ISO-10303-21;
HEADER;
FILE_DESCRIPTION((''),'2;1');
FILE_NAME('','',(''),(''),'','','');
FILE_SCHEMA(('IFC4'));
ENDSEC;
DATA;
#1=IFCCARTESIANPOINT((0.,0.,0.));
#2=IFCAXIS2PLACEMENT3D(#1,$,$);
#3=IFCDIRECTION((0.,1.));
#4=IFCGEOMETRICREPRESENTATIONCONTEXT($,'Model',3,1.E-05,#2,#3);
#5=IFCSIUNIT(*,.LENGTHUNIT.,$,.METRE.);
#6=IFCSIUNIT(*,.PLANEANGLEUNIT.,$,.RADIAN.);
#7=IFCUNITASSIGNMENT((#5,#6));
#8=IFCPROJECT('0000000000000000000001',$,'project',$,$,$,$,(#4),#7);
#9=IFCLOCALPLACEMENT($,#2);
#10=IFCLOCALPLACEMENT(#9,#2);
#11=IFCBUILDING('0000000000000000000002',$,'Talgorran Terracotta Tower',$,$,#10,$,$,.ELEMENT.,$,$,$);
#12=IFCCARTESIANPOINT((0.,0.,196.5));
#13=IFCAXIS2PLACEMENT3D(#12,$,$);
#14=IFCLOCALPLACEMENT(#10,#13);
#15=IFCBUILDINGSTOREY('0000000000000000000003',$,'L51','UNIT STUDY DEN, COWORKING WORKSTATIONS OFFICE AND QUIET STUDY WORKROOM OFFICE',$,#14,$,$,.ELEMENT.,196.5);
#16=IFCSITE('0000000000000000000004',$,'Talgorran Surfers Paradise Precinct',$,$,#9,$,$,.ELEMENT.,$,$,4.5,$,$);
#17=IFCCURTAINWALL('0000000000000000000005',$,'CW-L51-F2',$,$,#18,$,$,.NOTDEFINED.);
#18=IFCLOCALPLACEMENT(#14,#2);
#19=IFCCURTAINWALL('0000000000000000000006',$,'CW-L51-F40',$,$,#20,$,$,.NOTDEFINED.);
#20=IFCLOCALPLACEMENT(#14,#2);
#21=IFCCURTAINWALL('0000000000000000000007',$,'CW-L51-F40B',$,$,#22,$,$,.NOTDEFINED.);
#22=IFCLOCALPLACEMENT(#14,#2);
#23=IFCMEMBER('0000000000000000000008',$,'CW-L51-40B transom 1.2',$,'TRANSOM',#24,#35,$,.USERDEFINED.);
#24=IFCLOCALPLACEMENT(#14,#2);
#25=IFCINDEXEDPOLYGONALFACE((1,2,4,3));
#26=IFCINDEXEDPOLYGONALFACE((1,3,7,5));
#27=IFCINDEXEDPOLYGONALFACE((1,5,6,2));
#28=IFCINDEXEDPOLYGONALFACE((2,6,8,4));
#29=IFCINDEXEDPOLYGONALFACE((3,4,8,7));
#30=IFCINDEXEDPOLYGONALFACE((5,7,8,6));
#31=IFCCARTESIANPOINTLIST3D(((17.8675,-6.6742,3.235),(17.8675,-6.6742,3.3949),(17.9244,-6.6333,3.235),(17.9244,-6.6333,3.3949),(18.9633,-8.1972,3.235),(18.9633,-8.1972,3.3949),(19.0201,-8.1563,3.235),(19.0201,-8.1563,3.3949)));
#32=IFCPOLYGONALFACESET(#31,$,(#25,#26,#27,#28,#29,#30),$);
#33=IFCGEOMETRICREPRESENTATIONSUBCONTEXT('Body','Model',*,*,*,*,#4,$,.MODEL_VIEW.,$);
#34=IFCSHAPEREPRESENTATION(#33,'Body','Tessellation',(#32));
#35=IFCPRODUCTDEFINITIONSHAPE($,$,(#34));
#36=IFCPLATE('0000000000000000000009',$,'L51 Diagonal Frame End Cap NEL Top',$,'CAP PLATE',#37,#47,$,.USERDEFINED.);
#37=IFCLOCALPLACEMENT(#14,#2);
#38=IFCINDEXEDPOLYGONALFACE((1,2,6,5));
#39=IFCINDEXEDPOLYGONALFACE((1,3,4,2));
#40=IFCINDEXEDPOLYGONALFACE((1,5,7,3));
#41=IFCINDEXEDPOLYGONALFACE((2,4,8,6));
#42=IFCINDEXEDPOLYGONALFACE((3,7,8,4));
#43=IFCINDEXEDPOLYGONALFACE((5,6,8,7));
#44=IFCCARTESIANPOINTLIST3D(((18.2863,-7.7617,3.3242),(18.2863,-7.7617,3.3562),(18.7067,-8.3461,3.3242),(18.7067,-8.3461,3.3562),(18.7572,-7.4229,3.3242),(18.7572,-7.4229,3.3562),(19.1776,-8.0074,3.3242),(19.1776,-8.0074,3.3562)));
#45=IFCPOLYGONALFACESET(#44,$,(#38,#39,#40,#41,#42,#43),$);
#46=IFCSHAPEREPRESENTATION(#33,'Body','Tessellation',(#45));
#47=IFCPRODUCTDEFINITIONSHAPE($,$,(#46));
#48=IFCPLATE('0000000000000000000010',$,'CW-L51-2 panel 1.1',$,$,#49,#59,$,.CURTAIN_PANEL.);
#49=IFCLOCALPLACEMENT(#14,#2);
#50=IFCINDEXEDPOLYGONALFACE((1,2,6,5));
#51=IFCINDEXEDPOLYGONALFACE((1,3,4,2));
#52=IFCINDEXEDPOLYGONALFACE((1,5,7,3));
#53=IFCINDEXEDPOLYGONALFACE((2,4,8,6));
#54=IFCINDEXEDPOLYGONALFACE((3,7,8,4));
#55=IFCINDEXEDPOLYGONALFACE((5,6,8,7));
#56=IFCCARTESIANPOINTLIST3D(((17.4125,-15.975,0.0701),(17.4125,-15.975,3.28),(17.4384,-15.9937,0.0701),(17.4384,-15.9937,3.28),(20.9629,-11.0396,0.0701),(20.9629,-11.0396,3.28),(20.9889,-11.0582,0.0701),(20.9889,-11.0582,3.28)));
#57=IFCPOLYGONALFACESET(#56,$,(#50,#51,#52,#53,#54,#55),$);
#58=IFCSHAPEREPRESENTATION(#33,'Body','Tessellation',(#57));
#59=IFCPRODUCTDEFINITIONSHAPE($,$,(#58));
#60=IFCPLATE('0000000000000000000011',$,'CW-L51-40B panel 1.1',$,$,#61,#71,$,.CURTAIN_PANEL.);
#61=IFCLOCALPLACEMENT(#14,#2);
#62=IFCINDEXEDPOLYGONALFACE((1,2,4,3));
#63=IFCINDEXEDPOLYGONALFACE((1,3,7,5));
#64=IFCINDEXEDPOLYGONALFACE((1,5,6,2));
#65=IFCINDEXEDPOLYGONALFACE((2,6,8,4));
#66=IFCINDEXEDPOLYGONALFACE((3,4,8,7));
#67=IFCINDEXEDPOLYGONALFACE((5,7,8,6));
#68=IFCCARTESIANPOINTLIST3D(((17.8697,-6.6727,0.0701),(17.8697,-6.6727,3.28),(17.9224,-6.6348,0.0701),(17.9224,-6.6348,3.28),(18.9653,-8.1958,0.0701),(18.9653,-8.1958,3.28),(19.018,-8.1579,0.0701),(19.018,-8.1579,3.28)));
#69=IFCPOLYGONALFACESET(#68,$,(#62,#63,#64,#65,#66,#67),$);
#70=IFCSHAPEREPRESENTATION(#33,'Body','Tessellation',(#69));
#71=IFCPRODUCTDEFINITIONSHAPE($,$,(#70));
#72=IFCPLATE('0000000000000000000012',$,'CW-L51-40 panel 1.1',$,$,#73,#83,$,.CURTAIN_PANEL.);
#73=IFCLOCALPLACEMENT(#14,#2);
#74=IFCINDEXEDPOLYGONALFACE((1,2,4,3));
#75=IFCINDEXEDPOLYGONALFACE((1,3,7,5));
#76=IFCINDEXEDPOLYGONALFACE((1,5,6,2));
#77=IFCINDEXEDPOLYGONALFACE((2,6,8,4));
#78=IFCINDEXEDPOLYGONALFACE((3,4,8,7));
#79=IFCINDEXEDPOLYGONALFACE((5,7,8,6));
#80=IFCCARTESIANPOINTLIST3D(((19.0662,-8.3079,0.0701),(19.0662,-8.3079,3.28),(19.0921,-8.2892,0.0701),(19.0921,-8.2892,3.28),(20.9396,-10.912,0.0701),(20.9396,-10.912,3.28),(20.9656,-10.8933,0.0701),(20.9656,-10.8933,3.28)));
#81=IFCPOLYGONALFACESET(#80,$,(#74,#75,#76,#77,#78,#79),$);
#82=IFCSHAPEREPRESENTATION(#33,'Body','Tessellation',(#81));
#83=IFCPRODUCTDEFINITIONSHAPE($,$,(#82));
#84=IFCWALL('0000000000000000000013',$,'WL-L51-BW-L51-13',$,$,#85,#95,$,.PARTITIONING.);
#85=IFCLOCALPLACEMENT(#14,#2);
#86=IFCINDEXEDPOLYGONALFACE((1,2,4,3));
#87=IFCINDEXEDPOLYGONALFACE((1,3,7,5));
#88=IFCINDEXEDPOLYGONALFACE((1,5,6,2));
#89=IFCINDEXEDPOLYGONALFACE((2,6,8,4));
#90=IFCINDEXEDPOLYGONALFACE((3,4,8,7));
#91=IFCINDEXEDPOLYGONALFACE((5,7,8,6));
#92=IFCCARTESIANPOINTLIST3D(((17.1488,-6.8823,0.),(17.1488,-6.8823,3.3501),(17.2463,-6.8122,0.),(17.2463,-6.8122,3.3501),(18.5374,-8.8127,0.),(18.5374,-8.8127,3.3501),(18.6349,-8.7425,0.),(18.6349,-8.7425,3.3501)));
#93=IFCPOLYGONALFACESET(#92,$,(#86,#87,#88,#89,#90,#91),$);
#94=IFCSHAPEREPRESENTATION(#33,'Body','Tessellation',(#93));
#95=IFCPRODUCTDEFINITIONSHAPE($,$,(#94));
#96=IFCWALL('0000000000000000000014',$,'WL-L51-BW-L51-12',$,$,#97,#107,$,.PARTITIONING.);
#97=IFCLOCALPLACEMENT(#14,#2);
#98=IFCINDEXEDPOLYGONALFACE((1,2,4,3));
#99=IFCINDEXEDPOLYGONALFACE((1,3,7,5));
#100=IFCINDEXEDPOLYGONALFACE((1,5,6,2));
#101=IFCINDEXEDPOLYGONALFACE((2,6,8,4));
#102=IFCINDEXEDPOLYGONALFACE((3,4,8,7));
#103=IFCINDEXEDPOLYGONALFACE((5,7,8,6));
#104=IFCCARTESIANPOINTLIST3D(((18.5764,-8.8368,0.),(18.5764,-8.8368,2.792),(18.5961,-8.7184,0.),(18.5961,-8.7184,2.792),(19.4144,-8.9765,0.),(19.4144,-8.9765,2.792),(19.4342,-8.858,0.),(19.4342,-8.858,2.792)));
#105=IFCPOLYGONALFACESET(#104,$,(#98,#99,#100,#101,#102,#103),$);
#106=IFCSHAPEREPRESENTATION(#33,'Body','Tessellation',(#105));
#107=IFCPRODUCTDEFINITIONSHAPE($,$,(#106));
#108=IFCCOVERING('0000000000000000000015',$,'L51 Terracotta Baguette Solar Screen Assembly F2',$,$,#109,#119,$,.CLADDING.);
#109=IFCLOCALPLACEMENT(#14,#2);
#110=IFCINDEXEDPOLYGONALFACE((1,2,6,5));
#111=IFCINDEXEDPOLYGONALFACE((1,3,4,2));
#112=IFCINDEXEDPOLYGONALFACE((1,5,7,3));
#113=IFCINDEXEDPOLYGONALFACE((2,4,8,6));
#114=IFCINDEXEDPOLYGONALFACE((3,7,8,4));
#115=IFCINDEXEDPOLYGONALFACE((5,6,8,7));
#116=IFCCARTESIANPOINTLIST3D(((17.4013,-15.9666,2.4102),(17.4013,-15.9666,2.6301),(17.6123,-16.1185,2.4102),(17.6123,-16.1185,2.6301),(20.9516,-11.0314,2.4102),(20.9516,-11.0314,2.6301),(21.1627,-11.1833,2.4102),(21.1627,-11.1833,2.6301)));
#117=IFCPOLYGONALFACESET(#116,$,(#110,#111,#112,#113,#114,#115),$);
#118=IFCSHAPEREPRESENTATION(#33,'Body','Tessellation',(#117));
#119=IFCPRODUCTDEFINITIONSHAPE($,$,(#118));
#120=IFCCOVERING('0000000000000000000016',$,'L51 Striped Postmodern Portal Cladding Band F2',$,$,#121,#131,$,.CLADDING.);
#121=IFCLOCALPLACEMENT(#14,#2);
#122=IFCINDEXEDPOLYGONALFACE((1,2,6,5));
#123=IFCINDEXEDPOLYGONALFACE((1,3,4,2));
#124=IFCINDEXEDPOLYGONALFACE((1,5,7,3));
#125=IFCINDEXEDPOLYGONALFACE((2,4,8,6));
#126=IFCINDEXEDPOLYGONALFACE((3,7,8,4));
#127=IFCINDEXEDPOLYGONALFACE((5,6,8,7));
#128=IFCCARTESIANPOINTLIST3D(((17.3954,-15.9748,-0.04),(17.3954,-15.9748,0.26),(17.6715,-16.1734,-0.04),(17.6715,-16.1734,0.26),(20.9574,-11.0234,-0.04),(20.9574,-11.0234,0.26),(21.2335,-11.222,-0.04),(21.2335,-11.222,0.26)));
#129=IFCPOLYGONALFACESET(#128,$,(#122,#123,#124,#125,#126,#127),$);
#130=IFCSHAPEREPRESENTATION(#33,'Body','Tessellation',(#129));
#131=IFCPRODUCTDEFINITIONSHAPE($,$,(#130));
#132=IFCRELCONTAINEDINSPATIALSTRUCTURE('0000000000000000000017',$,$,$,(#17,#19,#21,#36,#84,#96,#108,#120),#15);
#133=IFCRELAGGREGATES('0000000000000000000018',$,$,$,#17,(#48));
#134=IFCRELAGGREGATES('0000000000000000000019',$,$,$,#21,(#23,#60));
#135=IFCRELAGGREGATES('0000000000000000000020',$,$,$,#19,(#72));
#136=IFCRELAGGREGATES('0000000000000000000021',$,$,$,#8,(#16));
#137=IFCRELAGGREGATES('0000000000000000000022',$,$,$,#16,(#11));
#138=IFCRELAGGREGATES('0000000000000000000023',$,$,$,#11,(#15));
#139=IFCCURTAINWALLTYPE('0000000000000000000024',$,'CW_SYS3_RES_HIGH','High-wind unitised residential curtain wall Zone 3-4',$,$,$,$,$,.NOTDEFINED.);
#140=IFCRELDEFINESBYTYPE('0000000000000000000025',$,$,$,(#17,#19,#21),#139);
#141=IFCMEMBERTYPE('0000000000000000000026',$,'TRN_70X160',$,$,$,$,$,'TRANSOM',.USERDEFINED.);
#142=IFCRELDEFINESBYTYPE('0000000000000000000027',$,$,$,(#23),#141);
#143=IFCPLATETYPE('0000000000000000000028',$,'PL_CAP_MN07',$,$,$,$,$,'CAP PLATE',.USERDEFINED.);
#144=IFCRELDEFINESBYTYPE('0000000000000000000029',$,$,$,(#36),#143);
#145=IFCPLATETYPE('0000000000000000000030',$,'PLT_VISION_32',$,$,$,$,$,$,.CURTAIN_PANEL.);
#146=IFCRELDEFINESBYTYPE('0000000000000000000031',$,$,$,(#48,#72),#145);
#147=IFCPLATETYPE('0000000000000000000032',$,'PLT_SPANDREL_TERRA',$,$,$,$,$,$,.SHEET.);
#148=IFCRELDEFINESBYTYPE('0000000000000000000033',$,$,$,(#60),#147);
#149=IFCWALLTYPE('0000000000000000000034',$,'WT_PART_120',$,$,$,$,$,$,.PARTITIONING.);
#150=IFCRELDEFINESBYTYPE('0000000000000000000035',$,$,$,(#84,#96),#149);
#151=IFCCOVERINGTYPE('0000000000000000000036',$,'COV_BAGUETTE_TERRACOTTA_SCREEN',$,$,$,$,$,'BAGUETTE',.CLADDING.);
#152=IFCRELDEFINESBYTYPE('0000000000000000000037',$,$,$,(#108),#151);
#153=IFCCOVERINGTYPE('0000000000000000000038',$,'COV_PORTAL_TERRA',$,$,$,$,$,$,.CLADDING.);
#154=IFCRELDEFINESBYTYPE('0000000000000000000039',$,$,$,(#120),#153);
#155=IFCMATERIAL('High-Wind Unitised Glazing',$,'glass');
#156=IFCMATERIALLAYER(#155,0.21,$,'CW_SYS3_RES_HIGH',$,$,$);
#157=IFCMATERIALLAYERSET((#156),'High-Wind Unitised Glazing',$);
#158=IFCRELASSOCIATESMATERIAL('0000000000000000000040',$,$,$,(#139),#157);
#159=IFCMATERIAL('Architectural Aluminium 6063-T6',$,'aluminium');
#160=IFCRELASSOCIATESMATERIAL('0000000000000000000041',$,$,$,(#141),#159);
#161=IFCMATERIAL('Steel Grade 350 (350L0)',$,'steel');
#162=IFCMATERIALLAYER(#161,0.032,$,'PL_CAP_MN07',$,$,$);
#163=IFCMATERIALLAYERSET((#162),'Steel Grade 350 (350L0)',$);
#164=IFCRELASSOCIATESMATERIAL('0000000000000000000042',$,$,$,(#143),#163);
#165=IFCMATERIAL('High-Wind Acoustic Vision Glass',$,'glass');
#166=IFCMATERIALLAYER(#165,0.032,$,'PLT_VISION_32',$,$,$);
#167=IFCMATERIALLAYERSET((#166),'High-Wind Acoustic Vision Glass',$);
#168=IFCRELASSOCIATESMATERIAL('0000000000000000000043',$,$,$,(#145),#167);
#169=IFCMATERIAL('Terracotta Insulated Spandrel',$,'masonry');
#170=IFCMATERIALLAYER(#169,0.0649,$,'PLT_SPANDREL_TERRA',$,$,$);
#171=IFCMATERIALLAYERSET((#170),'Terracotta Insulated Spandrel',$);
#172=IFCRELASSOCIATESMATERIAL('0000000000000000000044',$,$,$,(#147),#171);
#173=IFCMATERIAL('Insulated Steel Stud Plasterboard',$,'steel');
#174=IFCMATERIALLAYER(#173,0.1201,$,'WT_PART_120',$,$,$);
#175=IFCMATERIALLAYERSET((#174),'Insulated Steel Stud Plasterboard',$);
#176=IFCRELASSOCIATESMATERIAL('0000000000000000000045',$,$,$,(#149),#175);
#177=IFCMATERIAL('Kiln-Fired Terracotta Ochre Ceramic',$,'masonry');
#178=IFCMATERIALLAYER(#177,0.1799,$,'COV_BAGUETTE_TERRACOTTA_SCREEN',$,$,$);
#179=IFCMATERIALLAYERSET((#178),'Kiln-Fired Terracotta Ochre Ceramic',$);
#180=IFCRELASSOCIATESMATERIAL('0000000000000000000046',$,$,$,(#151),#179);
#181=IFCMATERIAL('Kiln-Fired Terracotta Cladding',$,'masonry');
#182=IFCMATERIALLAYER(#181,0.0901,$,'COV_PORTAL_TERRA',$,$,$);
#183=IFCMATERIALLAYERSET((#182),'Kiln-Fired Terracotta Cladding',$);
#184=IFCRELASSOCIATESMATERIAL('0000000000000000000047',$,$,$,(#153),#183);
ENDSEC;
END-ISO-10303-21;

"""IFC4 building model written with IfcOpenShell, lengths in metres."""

from ifc_helpers import new_model, si_unit, direction, frame, frame_2d, origin, origin_2d, place, context, subcontext, project, spatial, rectangle, extrude, source, transform, mapped, material, layer, layer_set, material_profile, profile_set, type_object, type_shapes, element, aggregate, save


model = new_model("IFC4")

# Units and contexts
model_context = context("Model", 3, precision=1e-05, world=origin(), true_north=direction((0.0, 1.0)))
body_context = subcontext(model_context, "Body", "Model", "MODEL_VIEW")
ifc_project = project(units=[si_unit("LENGTHUNIT", "METRE"), si_unit("PLANEANGLEUNIT", "RADIAN")], contexts=[model_context])

# Site, building, storey
site_placement = place(None, origin())
site = spatial("IfcSite", under=ifc_project, at=site_placement, Name="Talgorran Surfers Paradise Precinct", CompositionType="ELEMENT", RefElevation=4.5)
building_placement = place(site_placement, origin())
building = spatial("IfcBuilding", under=site, at=building_placement, Name="Talgorran Terracotta Tower", CompositionType="ELEMENT")
storey_placement = place(building_placement, frame((0.0, 0.0, 196.5)))
storey = spatial("IfcBuildingStorey", under=building, at=storey_placement, Name="L51", Description="UNIT STUDY DEN, COWORKING WORKSTATIONS OFFICE AND QUIET STUDY WORKROOM OFFICE", CompositionType="ELEMENT", Elevation=196.5)

# Shared definitions
ifc_material_1 = material(Name="Steel Grade 350 (350L0)", Category="steel")

# Curtain wall
ifc_material_2 = material(Name="High-Wind Unitised Glazing", Category="glass")
ifc_layer_1 = layer(ifc_material_2, 0.21, Name="CW_SYS3_RES_HIGH")
ifc_layer_set_1 = layer_set([ifc_layer_1], Name="High-Wind Unitised Glazing")
curtain_wall_type = type_object("IfcCurtainWallType", Name="CW_SYS3_RES_HIGH", Description="High-wind unitised residential curtain wall Zone 3-4", PredefinedType="NOTDEFINED", material=ifc_layer_set_1)
curtain_wall_1_placement = place(storey_placement, origin())
curtain_wall_1 = element("IfcCurtainWall", 1, at=curtain_wall_1_placement, inside=storey, type_object=curtain_wall_type, Name="CW-L51-F2", PredefinedType="NOTDEFINED")
ifc_material_3 = material(Name="Architectural Aluminium 6063-T6", Category="aluminium")

# Curtain wall
curtain_wall_2_placement = place(storey_placement, origin())
curtain_wall_2 = element("IfcCurtainWall", 2, at=curtain_wall_2_placement, inside=storey, type_object=curtain_wall_type, Name="CW-L51-F40", PredefinedType="NOTDEFINED")

# Curtain wall
curtain_wall_3_placement = place(storey_placement, origin())
curtain_wall_3 = element("IfcCurtainWall", 3, at=curtain_wall_3_placement, inside=storey, type_object=curtain_wall_type, Name="CW-L51-F40B", PredefinedType="NOTDEFINED")

# Member
ifc_material_profile_1 = material_profile(ifc_material_3, rectangle(XDim=0.0701, YDim=0.1599, at=origin_2d()), Name="CWT70X160")
ifc_profile_set_1 = profile_set([ifc_material_profile_1], Name="Architectural Aluminium 6063-T6")
member_type_1 = type_object("IfcMemberType", Name="TRN_70X160", ElementType="TRANSOM", PredefinedType="USERDEFINED", material=ifc_profile_set_1)
member_1_placement = place(storey_placement, frame((18.9917, -8.1768, 3.3149), z_axis=(-0.584017, 0.811742, 0.0), x_axis=(-0.811742, -0.584017, 0.0)))
member_1 = element("IfcMember", 4, at=member_1_placement, type_object=member_type_1, Name="CW-L51-40B transom 1.2", ObjectType="TRANSOM", PredefinedType="USERDEFINED", context=body_context, shape_type="SweptSolid", body=[
    extrude(rectangle(XDim=0.0701, YDim=0.1599, at=origin_2d()), origin(), (0.0, 0.0, 1.0), 1.8762),
])

# Plates
ifc_layer_2 = layer(ifc_material_1, 0.032, Name="PL_CAP_MN07")
ifc_layer_set_2 = layer_set([ifc_layer_2], Name="Steel Grade 350 (350L0)")
plate_type_1 = type_object("IfcPlateType", Name="PL_CAP_MN07", ElementType="CAP PLATE", PredefinedType="USERDEFINED", material=ifc_layer_set_2)
plate_1_placement = place(storey_placement, frame((18.7319, -7.8845, 3.3242), z_axis=(0.0, 0.0, 1.0), x_axis=(0.583966, -0.811778, 0.0)))
element("IfcPlate", 5, at=plate_1_placement, inside=storey, type_object=plate_type_1, Name="L51 Diagonal Frame End Cap NEL Top", ObjectType="CAP PLATE", PredefinedType="USERDEFINED", context=body_context, shape_type="SweptSolid", body=[
    extrude(rectangle(XDim=0.72, YDim=0.5801, at=origin_2d()), origin(), (0.0, 0.0, 1.0), 0.032),
])
ifc_material_4 = material(Name="High-Wind Acoustic Vision Glass", Category="glass")
ifc_layer_3 = layer(ifc_material_4, 0.032, Name="PLT_VISION_32")
ifc_layer_set_3 = layer_set([ifc_layer_3], Name="High-Wind Acoustic Vision Glass")
plate_type_2 = type_object("IfcPlateType", Name="PLT_VISION_32", PredefinedType="CURTAIN_PANEL", material=ifc_layer_set_3)
shared_shape_1 = source(origin(), body_context, "Body", "SweptSolid", [
    extrude(rectangle(XDim=6.0798, YDim=0.032, at=origin_2d()), origin(), (0.0, 0.0, 1.0), 3.21),
])
plate_2_placement = place(storey_placement, frame((19.2007, -13.5166, 0.0701), z_axis=(0.0, 0.0, 1.0), x_axis=(0.583979, 0.811769, 0.0)))
plate_2 = element("IfcPlate", 6, at=plate_2_placement, type_object=plate_type_2, Name="CW-L51-2 panel 1.1", PredefinedType="CURTAIN_PANEL", context=body_context, shape_type="MappedRepresentation", body=[
    mapped(shared_shape_1, transform((0.0, 0.0, 0.0), scale=1.0)),
])
aggregate(curtain_wall_1, [plate_2])
ifc_material_5 = material(Name="Terracotta Insulated Spandrel", Category="masonry")
ifc_layer_4 = layer(ifc_material_5, 0.0649, Name="PLT_SPANDREL_TERRA")
ifc_layer_set_4 = layer_set([ifc_layer_4], Name="Terracotta Insulated Spandrel")
plate_type_3 = type_object("IfcPlateType", Name="PLT_SPANDREL_TERRA", PredefinedType="SHEET", material=ifc_layer_set_4)
shared_shape_2 = source(origin(), body_context, "Body", "SweptSolid", [
    extrude(rectangle(XDim=1.8762, YDim=0.0649, at=origin_2d()), origin(), (0.0, 0.0, 1.0), 3.21),
])
type_shapes(plate_type_3, [shared_shape_2])
plate_3_placement = place(storey_placement, frame((18.4438, -7.4153, 0.0701), z_axis=(0.0, 0.0, 1.0), x_axis=(-0.58397, 0.811775, 0.0)))
plate_3 = element("IfcPlate", 7, at=plate_3_placement, type_object=plate_type_3, Name="CW-L51-40B panel 1.1", PredefinedType="CURTAIN_PANEL", context=body_context, shape_type="MappedRepresentation", body=[
    mapped(shared_shape_2, transform((0.0, 0.0, 0.0), scale=1.0)),
])
aggregate(curtain_wall_3, [member_1, plate_3])
shared_shape_3 = source(origin(), body_context, "Body", "SweptSolid", [
    extrude(rectangle(XDim=3.208, YDim=0.032, at=origin_2d()), origin(), (0.0, 0.0, 1.0), 3.21),
])
type_shapes(plate_type_2, [shared_shape_1, shared_shape_3])
plate_4_placement = place(storey_placement, frame((20.0159, -9.6006, 0.0701), z_axis=(0.0, 0.0, 1.0), x_axis=(-0.583987, 0.811763, 0.0)))
plate_4 = element("IfcPlate", 8, at=plate_4_placement, type_object=plate_type_2, Name="CW-L51-40 panel 1.1", PredefinedType="CURTAIN_PANEL", context=body_context, shape_type="MappedRepresentation", body=[
    mapped(shared_shape_3, transform((0.0, 0.0, 0.0), scale=1.0)),
])
aggregate(curtain_wall_2, [plate_4])

# Walls
ifc_material_6 = material(Name="Insulated Steel Stud Plasterboard", Category="steel")
ifc_layer_5 = layer(ifc_material_6, 0.1201, Name="WT_PART_120")
ifc_layer_set_5 = layer_set([ifc_layer_5], Name="Insulated Steel Stud Plasterboard")
wall_type = type_object("IfcWallType", Name="WT_PART_120", PredefinedType="PARTITIONING", material=ifc_layer_set_5)
wall_1_placement = place(storey_placement, frame((18.5862, -8.7776, 0.0), z_axis=(0.0, 0.0, 1.0), x_axis=(-0.583964, 0.81178, 0.0)))
element("IfcWall", 9, at=wall_1_placement, inside=storey, type_object=wall_type, Name="WL-L51-BW-L51-13", PredefinedType="PARTITIONING", context=body_context, shape_type="SweptSolid", body=[
    extrude(rectangle(XDim=2.3779, YDim=0.1201, at=frame_2d((1.189, 0.0))), origin(), (0.0, 0.0, 1.0), 3.3501),
])
wall_2_placement = place(storey_placement, frame((19.4243, -8.9172, 0.0), z_axis=(0.0, 0.0, 1.0), x_axis=(-0.986402, 0.164352, 0.0)))
element("IfcWall", 10, at=wall_2_placement, inside=storey, type_object=wall_type, Name="WL-L51-BW-L51-12", PredefinedType="PARTITIONING", context=body_context, shape_type="SweptSolid", body=[
    extrude(rectangle(XDim=0.8496, YDim=0.1201, at=frame_2d((0.4248, 0.0))), origin(), (0.0, 0.0, 1.0), 2.792),
])

# Coverings
ifc_material_7 = material(Name="Kiln-Fired Terracotta Ochre Ceramic", Category="masonry")
ifc_layer_6 = layer(ifc_material_7, 0.1799, Name="COV_BAGUETTE_TERRACOTTA_SCREEN")
ifc_layer_set_6 = layer_set([ifc_layer_6], Name="Kiln-Fired Terracotta Ochre Ceramic")
covering_type_1 = type_object("IfcCoveringType", Name="COV_BAGUETTE_TERRACOTTA_SCREEN", ElementType="BAGUETTE", PredefinedType="CLADDING", material=ifc_layer_set_6)
covering_1_placement = place(storey_placement, frame((19.282, -13.575, 2.4102), z_axis=(0.0, 0.0, 1.0), x_axis=(0.583981, 0.811768, 0.0)))
element("IfcCovering", 11, at=covering_1_placement, inside=storey, type_object=covering_type_1, Name="L51 Terracotta Baguette Solar Screen Assembly F2", PredefinedType="CLADDING", context=body_context, shape_type="SweptSolid", body=[
    extrude(rectangle(XDim=6.0796, YDim=0.26, at=origin_2d()), origin(), (0.0, 0.0, 1.0), 0.22),
])
ifc_material_8 = material(Name="Kiln-Fired Terracotta Cladding", Category="masonry")
ifc_layer_7 = layer(ifc_material_8, 0.0901, Name="COV_PORTAL_TERRA")
ifc_layer_set_7 = layer_set([ifc_layer_7], Name="Kiln-Fired Terracotta Cladding")
covering_type_2 = type_object("IfcCoveringType", Name="COV_PORTAL_TERRA", PredefinedType="CLADDING", material=ifc_layer_set_7)
covering_2_placement = place(storey_placement, frame((19.3145, -13.5984, -0.04), z_axis=(0.0, 0.0, 1.0), x_axis=(0.583981, 0.811768, 0.0)))
element("IfcCovering", 12, at=covering_2_placement, inside=storey, type_object=covering_type_2, Name="L51 Striped Postmodern Portal Cladding Band F2", PredefinedType="CLADDING", context=body_context, shape_type="SweptSolid", body=[
    extrude(rectangle(XDim=6.0996, YDim=0.3401, at=origin_2d()), origin(), (0.0, 0.0, 1.0), 0.3),
])

save(model, "model.ifc")
